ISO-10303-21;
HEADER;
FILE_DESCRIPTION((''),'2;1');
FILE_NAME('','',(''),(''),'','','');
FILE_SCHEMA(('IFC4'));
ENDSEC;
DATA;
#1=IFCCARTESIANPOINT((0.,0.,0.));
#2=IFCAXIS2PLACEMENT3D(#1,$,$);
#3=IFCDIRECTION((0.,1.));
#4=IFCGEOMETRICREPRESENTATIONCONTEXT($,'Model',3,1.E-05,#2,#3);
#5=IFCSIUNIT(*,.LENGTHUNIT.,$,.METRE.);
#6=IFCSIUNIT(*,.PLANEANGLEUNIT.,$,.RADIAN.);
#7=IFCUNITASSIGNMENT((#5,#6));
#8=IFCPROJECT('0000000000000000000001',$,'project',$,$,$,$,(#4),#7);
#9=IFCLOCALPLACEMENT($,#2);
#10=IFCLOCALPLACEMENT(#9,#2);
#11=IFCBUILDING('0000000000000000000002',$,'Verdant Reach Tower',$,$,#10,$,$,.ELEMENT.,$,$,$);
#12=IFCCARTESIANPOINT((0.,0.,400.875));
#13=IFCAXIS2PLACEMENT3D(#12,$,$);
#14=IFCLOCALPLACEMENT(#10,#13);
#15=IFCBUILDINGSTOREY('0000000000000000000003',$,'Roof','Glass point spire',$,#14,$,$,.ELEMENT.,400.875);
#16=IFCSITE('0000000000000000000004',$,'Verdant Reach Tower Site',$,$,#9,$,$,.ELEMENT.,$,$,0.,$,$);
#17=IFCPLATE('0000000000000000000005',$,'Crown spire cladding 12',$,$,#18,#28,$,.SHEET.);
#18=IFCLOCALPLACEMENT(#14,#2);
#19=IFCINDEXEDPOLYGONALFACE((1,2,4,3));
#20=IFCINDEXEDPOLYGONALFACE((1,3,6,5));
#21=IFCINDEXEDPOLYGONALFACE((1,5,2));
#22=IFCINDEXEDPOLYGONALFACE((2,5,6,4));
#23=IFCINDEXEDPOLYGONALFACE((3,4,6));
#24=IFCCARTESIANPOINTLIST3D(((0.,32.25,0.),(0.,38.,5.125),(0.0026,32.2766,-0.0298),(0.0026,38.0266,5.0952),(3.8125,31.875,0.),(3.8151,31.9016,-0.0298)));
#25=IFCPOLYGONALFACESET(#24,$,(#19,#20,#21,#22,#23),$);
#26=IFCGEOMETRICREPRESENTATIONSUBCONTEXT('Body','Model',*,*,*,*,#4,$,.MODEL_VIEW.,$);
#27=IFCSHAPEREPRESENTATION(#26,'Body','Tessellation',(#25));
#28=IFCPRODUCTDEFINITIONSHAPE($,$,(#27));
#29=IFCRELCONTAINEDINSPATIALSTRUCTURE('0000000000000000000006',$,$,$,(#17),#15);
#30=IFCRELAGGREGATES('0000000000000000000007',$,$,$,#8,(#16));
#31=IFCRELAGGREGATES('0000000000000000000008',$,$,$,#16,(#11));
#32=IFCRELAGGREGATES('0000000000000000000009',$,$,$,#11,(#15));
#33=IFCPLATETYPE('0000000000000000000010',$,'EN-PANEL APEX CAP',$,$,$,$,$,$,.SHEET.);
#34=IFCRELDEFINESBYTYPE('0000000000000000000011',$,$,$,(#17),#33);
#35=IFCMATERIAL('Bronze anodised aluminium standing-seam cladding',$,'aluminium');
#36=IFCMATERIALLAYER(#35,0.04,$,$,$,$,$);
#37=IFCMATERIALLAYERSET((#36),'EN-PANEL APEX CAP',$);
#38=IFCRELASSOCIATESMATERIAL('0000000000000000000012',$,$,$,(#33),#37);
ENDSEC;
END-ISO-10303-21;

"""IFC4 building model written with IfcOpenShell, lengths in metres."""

from ifc_helpers import new_model, si_unit, direction, frame, origin, place, context, subcontext, project, spatial, polyline, outline, extrude, material, layer, layer_set, type_object, element, save


model = new_model("IFC4")

# Units and contexts
model_context = context("Model", 3, precision=1e-05, world=origin(), true_north=direction((0.0, 1.0)))
body_context = subcontext(model_context, "Body", "Model", "MODEL_VIEW")
ifc_project = project(units=[si_unit("LENGTHUNIT", "METRE"), si_unit("PLANEANGLEUNIT", "RADIAN")], contexts=[model_context])

# Site, building, storey
site_placement = place(None, origin())
site = spatial("IfcSite", under=ifc_project, at=site_placement, Name="Verdant Reach Tower Site", CompositionType="ELEMENT", RefElevation=0.0)
building_placement = place(site_placement, origin())
building = spatial("IfcBuilding", under=site, at=building_placement, Name="Verdant Reach Tower", CompositionType="ELEMENT")
storey_placement = place(building_placement, frame((0.0, 0.0, 400.875)))
storey = spatial("IfcBuildingStorey", under=building, at=storey_placement, Name="Roof", Description="Glass point spire", CompositionType="ELEMENT", Elevation=400.875)

# Plate
ifc_material_1 = material(Name="Bronze anodised aluminium standing-seam cladding", Category="aluminium")
ifc_layer = layer(ifc_material_1, 0.04)
ifc_layer_set = layer_set([ifc_layer], Name="EN-PANEL APEX CAP")
plate_type = type_object("IfcPlateType", Name="EN-PANEL APEX CAP", PredefinedType="SHEET", material=ifc_layer_set)
plate_1_placement = place(storey_placement, frame((0.0, 32.25, 0.0), z_axis=(-0.065307, -0.66395, 0.74492), x_axis=(0.995197, -0.097888, 0.0)))
element("IfcPlate", 1, at=plate_1_placement, inside=storey, type_object=plate_type, Name="Crown spire cladding 12", PredefinedType="SHEET", context=body_context, shape_type="SweptSolid", body=[
    extrude(outline(polyline([(0.0, 0.0), (3.8309, 0.0), (-0.5629, 7.6819), (0.0, 0.0)])), origin(), (0.0, 0.0, -1.0), 0.04),
])

save(model, "model.ifc")
